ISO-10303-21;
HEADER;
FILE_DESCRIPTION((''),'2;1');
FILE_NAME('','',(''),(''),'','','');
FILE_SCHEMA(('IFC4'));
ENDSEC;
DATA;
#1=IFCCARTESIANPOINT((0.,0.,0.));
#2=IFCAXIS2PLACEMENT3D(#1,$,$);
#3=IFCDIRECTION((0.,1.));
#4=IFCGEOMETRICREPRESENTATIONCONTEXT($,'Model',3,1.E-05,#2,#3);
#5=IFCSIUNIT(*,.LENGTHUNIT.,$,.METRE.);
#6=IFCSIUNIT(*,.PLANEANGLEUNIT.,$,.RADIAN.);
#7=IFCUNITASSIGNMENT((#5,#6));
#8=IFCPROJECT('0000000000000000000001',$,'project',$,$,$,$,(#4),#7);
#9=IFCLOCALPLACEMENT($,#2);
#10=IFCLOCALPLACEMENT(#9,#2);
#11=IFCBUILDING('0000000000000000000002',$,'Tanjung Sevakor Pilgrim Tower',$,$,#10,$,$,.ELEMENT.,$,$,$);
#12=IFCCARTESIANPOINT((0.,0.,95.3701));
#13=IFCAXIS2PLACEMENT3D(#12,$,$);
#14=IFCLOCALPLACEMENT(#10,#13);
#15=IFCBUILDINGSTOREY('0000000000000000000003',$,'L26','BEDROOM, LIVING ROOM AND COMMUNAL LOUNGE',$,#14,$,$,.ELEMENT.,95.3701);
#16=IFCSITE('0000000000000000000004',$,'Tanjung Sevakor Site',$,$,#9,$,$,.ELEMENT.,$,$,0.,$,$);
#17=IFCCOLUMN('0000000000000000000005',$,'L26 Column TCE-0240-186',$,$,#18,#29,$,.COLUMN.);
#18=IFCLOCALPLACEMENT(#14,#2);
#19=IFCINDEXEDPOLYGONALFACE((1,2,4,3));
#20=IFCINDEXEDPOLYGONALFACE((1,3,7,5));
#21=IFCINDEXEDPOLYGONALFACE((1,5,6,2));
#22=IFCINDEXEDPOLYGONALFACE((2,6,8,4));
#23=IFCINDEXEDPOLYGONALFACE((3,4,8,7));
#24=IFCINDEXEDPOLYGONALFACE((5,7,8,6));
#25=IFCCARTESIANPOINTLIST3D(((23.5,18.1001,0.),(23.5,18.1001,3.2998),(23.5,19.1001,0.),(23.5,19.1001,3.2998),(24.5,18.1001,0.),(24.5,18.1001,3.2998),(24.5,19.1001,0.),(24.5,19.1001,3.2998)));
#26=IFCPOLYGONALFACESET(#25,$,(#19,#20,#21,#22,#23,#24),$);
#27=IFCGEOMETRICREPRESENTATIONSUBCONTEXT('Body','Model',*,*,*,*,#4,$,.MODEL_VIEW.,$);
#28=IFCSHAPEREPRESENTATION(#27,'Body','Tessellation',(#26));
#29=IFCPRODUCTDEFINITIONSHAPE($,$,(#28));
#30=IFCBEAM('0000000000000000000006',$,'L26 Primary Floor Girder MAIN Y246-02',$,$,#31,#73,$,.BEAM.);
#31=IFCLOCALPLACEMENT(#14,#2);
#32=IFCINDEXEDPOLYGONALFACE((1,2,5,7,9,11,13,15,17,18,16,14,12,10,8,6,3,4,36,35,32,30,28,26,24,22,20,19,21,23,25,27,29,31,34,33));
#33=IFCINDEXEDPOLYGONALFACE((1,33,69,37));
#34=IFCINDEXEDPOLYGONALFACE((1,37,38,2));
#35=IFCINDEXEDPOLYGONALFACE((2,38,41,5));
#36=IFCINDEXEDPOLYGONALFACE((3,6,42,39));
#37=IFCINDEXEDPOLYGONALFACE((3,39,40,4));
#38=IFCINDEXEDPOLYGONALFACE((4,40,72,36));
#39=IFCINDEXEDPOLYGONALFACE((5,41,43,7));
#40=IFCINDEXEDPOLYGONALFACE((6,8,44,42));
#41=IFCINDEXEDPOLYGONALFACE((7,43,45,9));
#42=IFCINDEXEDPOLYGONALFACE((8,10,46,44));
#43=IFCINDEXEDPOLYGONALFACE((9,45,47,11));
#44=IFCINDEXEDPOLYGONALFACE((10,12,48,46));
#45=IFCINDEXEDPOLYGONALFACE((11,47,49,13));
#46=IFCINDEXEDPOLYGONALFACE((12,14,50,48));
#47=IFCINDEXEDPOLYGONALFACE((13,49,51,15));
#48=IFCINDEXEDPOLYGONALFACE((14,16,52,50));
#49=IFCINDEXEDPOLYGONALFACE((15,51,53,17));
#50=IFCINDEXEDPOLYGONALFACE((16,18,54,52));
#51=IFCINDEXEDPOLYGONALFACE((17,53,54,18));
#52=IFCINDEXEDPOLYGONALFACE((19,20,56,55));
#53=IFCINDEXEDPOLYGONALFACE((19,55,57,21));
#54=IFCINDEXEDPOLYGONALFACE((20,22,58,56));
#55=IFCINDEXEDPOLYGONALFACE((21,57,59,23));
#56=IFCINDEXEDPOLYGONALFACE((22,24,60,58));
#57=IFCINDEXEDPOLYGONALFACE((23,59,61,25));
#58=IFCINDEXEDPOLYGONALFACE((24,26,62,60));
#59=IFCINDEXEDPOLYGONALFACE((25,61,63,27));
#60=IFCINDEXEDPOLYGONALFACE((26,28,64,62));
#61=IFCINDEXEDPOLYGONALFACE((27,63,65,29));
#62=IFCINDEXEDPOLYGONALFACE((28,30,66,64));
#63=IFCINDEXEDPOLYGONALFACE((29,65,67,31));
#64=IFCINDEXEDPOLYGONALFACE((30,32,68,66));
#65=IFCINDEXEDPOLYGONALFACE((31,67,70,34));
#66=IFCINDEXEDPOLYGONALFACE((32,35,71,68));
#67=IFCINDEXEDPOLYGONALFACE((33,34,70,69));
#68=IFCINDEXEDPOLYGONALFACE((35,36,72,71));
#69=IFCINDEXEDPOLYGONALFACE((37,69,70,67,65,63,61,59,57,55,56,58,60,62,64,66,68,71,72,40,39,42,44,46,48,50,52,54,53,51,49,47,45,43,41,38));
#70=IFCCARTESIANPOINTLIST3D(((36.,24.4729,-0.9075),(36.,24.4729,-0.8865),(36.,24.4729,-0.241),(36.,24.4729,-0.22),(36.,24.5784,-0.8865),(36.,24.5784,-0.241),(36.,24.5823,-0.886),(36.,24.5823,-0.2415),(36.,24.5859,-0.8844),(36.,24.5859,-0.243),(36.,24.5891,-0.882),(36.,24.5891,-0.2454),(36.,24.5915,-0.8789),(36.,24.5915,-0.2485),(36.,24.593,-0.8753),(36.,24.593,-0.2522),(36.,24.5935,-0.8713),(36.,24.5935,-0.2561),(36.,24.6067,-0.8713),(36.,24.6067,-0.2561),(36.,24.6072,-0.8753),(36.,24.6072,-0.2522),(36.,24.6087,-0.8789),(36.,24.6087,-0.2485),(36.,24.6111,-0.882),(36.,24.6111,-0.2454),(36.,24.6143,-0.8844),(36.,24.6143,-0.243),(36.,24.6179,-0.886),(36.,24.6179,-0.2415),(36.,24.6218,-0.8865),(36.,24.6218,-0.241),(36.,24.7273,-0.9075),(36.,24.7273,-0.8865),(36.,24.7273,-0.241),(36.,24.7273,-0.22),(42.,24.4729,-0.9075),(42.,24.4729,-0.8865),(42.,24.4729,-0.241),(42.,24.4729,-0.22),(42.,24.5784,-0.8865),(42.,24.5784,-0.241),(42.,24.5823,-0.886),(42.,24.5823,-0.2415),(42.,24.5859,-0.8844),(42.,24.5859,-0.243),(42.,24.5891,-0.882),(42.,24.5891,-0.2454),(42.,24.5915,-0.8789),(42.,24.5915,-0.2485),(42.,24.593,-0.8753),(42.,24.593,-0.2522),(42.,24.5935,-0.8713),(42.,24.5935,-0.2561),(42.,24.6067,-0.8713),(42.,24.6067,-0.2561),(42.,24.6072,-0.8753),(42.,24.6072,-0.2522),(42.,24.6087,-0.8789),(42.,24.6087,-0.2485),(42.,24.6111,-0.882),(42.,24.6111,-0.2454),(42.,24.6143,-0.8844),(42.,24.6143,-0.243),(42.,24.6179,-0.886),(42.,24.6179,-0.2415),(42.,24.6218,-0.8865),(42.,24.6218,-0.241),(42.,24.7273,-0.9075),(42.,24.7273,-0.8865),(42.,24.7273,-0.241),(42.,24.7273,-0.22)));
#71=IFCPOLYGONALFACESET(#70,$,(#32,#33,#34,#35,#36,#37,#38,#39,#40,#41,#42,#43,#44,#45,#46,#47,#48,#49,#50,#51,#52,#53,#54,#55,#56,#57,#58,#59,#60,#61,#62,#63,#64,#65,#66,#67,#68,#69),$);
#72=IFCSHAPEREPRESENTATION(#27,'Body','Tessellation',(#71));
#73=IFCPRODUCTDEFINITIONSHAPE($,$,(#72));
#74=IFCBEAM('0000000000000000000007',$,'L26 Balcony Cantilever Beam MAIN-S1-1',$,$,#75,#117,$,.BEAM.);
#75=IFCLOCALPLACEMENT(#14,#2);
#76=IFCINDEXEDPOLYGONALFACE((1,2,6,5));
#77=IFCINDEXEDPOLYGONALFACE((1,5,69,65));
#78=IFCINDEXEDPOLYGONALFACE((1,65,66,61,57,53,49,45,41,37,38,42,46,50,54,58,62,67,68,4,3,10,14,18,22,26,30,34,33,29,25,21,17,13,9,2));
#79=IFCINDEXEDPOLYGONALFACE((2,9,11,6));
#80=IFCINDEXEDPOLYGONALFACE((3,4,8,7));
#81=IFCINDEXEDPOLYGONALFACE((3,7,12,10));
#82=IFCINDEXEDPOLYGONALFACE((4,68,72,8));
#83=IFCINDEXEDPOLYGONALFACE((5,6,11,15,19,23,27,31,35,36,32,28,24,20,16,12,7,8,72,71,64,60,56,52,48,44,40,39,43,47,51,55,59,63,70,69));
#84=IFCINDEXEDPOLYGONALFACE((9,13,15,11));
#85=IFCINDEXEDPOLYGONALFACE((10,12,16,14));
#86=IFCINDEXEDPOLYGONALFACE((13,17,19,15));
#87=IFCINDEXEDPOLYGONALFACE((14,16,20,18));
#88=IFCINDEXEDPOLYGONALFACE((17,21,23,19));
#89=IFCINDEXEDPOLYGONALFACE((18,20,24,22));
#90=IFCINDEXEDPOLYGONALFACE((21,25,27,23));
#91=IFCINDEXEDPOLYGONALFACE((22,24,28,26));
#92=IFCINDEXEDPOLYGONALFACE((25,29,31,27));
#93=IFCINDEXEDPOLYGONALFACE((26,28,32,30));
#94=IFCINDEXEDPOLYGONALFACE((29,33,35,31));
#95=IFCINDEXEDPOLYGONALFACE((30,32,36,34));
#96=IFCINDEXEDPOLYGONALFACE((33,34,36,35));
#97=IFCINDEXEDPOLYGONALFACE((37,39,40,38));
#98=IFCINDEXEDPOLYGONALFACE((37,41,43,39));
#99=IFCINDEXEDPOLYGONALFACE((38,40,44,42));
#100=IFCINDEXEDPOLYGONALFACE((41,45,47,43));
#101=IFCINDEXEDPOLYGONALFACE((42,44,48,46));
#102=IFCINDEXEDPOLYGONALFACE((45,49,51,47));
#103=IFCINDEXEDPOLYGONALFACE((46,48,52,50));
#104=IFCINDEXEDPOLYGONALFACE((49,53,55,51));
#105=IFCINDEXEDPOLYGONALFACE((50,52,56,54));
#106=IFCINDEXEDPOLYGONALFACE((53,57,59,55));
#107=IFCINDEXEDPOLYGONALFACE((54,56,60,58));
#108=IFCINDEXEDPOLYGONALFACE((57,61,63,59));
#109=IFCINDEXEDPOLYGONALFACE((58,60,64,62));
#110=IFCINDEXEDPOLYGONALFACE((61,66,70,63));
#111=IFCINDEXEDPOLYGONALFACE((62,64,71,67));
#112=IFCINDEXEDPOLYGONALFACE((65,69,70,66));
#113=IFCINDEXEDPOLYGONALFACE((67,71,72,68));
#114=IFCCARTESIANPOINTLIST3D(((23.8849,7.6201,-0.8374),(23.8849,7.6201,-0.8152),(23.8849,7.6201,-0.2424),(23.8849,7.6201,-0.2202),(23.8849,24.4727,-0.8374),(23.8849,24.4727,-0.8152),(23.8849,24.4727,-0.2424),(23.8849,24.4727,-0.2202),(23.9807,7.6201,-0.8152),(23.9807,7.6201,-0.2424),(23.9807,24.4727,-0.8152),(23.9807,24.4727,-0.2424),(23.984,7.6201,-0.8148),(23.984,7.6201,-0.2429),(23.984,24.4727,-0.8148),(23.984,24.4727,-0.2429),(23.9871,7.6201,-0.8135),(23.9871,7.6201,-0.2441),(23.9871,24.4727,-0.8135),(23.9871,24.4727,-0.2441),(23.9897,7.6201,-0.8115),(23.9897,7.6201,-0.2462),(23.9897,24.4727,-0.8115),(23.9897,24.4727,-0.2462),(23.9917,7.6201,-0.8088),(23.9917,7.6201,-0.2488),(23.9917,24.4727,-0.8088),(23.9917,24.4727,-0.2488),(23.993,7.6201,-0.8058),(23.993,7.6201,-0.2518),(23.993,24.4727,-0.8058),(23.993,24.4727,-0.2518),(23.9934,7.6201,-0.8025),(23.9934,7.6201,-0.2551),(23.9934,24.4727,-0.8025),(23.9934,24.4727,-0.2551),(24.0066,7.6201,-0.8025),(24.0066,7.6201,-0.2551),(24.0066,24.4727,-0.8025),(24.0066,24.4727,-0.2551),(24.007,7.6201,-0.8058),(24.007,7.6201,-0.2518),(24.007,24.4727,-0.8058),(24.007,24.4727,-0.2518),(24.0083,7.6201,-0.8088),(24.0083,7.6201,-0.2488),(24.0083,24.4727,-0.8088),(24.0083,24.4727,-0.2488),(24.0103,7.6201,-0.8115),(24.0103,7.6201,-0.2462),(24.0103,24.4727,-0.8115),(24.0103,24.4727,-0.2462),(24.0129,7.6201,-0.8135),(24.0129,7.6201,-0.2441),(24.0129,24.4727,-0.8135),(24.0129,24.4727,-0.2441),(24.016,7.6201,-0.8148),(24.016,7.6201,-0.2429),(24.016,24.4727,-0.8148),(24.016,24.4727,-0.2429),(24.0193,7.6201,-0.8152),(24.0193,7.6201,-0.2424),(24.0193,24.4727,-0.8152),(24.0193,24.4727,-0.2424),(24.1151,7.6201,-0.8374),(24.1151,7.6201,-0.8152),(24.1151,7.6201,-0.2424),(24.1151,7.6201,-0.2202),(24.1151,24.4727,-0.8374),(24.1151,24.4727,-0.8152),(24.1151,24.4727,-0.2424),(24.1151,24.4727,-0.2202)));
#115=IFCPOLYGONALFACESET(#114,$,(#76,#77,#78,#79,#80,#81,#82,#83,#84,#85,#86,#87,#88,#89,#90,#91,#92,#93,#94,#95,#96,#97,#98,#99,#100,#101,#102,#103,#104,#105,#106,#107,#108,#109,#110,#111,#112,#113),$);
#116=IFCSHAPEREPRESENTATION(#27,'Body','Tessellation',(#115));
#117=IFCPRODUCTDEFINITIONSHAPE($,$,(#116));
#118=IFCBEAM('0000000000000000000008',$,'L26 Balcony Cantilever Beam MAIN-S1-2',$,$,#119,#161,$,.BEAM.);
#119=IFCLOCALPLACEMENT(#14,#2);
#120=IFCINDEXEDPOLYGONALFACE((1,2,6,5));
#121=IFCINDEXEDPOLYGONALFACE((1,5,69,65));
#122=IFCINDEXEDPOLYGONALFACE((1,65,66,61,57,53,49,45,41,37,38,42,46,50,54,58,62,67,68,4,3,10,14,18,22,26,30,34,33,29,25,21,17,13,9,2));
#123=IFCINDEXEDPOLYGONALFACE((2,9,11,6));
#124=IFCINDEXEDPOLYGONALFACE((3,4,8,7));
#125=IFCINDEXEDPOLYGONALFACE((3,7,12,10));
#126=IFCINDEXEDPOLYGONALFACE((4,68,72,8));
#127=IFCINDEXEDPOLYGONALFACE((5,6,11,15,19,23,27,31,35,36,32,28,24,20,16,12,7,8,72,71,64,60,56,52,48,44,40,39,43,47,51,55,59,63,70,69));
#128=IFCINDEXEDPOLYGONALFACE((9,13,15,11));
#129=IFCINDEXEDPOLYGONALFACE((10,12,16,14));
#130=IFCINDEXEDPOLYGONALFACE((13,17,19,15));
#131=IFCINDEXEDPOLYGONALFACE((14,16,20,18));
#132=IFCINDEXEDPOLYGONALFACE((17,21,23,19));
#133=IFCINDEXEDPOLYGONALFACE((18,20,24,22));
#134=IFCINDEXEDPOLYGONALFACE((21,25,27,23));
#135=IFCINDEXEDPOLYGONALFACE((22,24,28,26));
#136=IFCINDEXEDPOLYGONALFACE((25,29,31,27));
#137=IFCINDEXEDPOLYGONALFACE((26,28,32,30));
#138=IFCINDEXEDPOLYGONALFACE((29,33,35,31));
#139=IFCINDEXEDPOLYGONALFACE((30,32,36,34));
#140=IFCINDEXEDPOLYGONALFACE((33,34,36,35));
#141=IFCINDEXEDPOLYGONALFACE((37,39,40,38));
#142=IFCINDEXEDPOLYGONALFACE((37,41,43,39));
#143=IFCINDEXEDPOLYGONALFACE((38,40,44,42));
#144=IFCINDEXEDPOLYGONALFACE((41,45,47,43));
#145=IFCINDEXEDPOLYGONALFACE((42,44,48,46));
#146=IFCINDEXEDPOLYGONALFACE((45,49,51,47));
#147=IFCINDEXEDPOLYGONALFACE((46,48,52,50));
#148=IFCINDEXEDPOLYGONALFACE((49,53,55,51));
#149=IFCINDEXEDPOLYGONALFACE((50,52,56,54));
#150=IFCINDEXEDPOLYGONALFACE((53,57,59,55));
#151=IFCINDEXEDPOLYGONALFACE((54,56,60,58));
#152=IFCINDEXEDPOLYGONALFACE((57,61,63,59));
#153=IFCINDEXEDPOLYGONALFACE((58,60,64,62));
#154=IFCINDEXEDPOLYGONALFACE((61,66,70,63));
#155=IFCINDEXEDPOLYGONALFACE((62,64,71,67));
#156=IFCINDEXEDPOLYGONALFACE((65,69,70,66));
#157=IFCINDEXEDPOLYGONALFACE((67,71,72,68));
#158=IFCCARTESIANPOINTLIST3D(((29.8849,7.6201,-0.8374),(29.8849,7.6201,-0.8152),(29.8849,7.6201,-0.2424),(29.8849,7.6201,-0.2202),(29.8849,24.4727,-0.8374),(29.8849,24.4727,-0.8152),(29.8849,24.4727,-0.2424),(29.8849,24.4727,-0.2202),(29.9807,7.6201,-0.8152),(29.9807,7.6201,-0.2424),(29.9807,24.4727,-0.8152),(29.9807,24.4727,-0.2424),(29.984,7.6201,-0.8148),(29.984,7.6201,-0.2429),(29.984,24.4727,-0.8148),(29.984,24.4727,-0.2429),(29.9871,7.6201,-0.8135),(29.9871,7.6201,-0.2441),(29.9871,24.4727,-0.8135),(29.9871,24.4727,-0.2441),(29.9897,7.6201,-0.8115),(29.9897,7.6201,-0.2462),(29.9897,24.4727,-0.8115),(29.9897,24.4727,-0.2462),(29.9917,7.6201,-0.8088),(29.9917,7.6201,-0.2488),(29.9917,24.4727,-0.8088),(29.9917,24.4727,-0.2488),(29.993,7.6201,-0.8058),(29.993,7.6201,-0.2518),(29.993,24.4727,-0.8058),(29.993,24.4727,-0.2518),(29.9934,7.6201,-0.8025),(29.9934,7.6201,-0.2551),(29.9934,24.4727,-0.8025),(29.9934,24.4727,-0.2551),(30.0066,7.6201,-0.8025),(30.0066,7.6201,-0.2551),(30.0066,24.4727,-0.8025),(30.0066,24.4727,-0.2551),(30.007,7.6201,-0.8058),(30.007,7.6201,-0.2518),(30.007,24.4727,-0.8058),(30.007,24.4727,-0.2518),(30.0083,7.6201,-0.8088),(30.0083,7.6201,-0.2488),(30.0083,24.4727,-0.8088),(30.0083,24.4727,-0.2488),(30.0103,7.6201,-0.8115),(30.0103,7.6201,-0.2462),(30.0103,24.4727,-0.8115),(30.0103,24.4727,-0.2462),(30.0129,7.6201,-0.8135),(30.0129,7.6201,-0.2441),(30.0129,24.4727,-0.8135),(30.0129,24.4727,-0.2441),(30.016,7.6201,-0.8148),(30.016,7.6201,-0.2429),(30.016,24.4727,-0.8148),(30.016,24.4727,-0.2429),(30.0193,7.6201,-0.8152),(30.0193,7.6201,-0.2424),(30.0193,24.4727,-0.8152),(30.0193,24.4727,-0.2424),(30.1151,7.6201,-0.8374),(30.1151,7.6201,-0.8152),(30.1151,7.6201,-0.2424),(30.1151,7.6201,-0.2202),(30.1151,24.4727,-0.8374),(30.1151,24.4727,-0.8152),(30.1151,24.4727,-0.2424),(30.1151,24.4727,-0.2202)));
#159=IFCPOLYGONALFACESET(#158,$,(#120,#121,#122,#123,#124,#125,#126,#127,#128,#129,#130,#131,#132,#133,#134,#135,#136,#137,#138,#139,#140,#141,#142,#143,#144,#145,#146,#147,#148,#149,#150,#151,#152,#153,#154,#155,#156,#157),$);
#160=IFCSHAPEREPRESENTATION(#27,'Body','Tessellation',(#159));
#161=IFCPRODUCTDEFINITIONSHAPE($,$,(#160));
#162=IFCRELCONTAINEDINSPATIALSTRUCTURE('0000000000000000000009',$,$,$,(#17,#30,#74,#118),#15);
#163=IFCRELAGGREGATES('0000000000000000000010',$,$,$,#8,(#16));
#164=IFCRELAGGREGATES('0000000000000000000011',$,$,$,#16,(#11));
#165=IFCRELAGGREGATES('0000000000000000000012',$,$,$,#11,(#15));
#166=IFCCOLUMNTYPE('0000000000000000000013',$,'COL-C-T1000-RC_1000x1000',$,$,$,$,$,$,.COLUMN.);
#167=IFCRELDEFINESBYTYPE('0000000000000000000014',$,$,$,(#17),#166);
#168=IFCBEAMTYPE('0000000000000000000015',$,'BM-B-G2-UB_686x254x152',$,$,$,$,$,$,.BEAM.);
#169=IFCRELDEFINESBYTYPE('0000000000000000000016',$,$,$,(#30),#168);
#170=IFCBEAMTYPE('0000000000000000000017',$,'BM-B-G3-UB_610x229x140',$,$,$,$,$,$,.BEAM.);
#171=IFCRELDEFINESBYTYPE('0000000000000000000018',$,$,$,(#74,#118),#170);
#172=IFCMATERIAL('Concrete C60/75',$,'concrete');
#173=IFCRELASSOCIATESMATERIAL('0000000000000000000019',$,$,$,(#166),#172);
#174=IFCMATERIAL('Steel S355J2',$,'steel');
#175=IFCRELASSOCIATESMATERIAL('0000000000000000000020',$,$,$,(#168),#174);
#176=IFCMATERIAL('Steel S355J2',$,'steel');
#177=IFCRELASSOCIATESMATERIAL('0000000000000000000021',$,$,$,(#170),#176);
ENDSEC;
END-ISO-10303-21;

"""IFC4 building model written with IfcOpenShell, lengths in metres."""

from ifc_helpers import new_model, si_unit, direction, frame, origin, origin_2d, place, context, subcontext, project, spatial, rectangle, i_section, extrude, material, material_profile, profile_set, type_object, element, save


model = new_model("IFC4")

# Units and contexts
model_context = context("Model", 3, precision=1e-05, world=origin(), true_north=direction((0.0, 1.0)))
body_context = subcontext(model_context, "Body", "Model", "MODEL_VIEW")
ifc_project = project(units=[si_unit("LENGTHUNIT", "METRE"), si_unit("PLANEANGLEUNIT", "RADIAN")], contexts=[model_context])

# Site, building, storey
site_placement = place(None, origin())
site = spatial("IfcSite", under=ifc_project, at=site_placement, Name="Tanjung Sevakor Site", CompositionType="ELEMENT", RefElevation=0.0)
building_placement = place(site_placement, origin())
building = spatial("IfcBuilding", under=site, at=building_placement, Name="Tanjung Sevakor Pilgrim Tower", CompositionType="ELEMENT")
storey_placement = place(building_placement, frame((0.0, 0.0, 95.3701)))
storey = spatial("IfcBuildingStorey", under=building, at=storey_placement, Name="L26", Description="BEDROOM, LIVING ROOM AND COMMUNAL LOUNGE", CompositionType="ELEMENT", Elevation=95.3701)

# Column
ifc_material_1 = material(Name="Concrete C60/75", Category="concrete")
ifc_material_profile_1 = material_profile(ifc_material_1, rectangle(XDim=1.0, YDim=1.0, at=origin_2d()))
ifc_profile_set_1 = profile_set([ifc_material_profile_1], Name="Concrete C60/75")
column_type = type_object("IfcColumnType", Name="COL-C-T1000-RC_1000x1000", PredefinedType="COLUMN", material=ifc_profile_set_1)
column_placement = place(storey_placement, frame((24.0, 18.6001, 0.0), z_axis=(0.0, 0.0, 1.0), x_axis=(1.0, 0.0, 0.0)))
element("IfcColumn", 1, at=column_placement, inside=storey, type_object=column_type, Name="L26 Column TCE-0240-186", PredefinedType="COLUMN", context=body_context, shape_type="SweptSolid", body=[
    extrude(rectangle(XDim=1.0, YDim=1.0, at=origin_2d()), origin(), (0.0, 0.0, 1.0), 3.2998),
])

# Beams
ifc_material_2 = material(Name="Steel S355J2", Category="steel")
ifc_material_profile_2 = material_profile(ifc_material_2, i_section(OverallWidth=0.2544, OverallDepth=0.6875, WebThickness=0.0132, FlangeThickness=0.021, FilletRadius=0.0151, at=origin_2d()))
ifc_profile_set_2 = profile_set([ifc_material_profile_2], Name="Steel S355J2")
beam_type_1 = type_object("IfcBeamType", Name="BM-B-G2-UB_686x254x152", PredefinedType="BEAM", material=ifc_profile_set_2)
beam_1_placement = place(storey_placement, frame((36.0, 24.6001, -0.5637), z_axis=(1.0, 0.0, 0.0), x_axis=(0.0, 1.0, 0.0)))
element("IfcBeam", 2, at=beam_1_placement, inside=storey, type_object=beam_type_1, Name="L26 Primary Floor Girder MAIN Y246-02", PredefinedType="BEAM", context=body_context, shape_type="SweptSolid", body=[
    extrude(i_section(OverallWidth=0.2544, OverallDepth=0.6875, WebThickness=0.0132, FlangeThickness=0.021, FilletRadius=0.0151, at=origin_2d()), origin(), (0.0, 0.0, 1.0), 6.0),
])
ifc_material_3 = material(Name="Steel S355J2", Category="steel")
ifc_material_profile_3 = material_profile(ifc_material_3, i_section(OverallWidth=0.2302, OverallDepth=0.6172, WebThickness=0.0132, FlangeThickness=0.0222, FilletRadius=0.0127, at=origin_2d()))
ifc_profile_set_3 = profile_set([ifc_material_profile_3], Name="Steel S355J2")
beam_type_2 = type_object("IfcBeamType", Name="BM-B-G3-UB_610x229x140", PredefinedType="BEAM", material=ifc_profile_set_3)
for number, where, z_axis, x_axis, name in (
    (3, (24.0, 24.4727, -0.5288), (0.0, -1.0, 0.0), (1.0, 0.0, 0.0), "L26 Balcony Cantilever Beam MAIN-S1-1"),
    (4, (30.0, 24.4727, -0.5288), (0.0, -1.0, 0.0), (1.0, 0.0, 0.0), "L26 Balcony Cantilever Beam MAIN-S1-2"),
):
    element("IfcBeam", number, at=place(storey_placement, frame(where, z_axis=z_axis, x_axis=x_axis)), inside=storey, type_object=beam_type_2, Name=name, PredefinedType="BEAM", context=body_context, shape_type="SweptSolid", body=[
        extrude(i_section(OverallWidth=0.2302, OverallDepth=0.6172, WebThickness=0.0132, FlangeThickness=0.0222, FilletRadius=0.0127, at=origin_2d()), origin(), (0.0, 0.0, 1.0), 16.8525),
    ])

save(model, "model.ifc")
